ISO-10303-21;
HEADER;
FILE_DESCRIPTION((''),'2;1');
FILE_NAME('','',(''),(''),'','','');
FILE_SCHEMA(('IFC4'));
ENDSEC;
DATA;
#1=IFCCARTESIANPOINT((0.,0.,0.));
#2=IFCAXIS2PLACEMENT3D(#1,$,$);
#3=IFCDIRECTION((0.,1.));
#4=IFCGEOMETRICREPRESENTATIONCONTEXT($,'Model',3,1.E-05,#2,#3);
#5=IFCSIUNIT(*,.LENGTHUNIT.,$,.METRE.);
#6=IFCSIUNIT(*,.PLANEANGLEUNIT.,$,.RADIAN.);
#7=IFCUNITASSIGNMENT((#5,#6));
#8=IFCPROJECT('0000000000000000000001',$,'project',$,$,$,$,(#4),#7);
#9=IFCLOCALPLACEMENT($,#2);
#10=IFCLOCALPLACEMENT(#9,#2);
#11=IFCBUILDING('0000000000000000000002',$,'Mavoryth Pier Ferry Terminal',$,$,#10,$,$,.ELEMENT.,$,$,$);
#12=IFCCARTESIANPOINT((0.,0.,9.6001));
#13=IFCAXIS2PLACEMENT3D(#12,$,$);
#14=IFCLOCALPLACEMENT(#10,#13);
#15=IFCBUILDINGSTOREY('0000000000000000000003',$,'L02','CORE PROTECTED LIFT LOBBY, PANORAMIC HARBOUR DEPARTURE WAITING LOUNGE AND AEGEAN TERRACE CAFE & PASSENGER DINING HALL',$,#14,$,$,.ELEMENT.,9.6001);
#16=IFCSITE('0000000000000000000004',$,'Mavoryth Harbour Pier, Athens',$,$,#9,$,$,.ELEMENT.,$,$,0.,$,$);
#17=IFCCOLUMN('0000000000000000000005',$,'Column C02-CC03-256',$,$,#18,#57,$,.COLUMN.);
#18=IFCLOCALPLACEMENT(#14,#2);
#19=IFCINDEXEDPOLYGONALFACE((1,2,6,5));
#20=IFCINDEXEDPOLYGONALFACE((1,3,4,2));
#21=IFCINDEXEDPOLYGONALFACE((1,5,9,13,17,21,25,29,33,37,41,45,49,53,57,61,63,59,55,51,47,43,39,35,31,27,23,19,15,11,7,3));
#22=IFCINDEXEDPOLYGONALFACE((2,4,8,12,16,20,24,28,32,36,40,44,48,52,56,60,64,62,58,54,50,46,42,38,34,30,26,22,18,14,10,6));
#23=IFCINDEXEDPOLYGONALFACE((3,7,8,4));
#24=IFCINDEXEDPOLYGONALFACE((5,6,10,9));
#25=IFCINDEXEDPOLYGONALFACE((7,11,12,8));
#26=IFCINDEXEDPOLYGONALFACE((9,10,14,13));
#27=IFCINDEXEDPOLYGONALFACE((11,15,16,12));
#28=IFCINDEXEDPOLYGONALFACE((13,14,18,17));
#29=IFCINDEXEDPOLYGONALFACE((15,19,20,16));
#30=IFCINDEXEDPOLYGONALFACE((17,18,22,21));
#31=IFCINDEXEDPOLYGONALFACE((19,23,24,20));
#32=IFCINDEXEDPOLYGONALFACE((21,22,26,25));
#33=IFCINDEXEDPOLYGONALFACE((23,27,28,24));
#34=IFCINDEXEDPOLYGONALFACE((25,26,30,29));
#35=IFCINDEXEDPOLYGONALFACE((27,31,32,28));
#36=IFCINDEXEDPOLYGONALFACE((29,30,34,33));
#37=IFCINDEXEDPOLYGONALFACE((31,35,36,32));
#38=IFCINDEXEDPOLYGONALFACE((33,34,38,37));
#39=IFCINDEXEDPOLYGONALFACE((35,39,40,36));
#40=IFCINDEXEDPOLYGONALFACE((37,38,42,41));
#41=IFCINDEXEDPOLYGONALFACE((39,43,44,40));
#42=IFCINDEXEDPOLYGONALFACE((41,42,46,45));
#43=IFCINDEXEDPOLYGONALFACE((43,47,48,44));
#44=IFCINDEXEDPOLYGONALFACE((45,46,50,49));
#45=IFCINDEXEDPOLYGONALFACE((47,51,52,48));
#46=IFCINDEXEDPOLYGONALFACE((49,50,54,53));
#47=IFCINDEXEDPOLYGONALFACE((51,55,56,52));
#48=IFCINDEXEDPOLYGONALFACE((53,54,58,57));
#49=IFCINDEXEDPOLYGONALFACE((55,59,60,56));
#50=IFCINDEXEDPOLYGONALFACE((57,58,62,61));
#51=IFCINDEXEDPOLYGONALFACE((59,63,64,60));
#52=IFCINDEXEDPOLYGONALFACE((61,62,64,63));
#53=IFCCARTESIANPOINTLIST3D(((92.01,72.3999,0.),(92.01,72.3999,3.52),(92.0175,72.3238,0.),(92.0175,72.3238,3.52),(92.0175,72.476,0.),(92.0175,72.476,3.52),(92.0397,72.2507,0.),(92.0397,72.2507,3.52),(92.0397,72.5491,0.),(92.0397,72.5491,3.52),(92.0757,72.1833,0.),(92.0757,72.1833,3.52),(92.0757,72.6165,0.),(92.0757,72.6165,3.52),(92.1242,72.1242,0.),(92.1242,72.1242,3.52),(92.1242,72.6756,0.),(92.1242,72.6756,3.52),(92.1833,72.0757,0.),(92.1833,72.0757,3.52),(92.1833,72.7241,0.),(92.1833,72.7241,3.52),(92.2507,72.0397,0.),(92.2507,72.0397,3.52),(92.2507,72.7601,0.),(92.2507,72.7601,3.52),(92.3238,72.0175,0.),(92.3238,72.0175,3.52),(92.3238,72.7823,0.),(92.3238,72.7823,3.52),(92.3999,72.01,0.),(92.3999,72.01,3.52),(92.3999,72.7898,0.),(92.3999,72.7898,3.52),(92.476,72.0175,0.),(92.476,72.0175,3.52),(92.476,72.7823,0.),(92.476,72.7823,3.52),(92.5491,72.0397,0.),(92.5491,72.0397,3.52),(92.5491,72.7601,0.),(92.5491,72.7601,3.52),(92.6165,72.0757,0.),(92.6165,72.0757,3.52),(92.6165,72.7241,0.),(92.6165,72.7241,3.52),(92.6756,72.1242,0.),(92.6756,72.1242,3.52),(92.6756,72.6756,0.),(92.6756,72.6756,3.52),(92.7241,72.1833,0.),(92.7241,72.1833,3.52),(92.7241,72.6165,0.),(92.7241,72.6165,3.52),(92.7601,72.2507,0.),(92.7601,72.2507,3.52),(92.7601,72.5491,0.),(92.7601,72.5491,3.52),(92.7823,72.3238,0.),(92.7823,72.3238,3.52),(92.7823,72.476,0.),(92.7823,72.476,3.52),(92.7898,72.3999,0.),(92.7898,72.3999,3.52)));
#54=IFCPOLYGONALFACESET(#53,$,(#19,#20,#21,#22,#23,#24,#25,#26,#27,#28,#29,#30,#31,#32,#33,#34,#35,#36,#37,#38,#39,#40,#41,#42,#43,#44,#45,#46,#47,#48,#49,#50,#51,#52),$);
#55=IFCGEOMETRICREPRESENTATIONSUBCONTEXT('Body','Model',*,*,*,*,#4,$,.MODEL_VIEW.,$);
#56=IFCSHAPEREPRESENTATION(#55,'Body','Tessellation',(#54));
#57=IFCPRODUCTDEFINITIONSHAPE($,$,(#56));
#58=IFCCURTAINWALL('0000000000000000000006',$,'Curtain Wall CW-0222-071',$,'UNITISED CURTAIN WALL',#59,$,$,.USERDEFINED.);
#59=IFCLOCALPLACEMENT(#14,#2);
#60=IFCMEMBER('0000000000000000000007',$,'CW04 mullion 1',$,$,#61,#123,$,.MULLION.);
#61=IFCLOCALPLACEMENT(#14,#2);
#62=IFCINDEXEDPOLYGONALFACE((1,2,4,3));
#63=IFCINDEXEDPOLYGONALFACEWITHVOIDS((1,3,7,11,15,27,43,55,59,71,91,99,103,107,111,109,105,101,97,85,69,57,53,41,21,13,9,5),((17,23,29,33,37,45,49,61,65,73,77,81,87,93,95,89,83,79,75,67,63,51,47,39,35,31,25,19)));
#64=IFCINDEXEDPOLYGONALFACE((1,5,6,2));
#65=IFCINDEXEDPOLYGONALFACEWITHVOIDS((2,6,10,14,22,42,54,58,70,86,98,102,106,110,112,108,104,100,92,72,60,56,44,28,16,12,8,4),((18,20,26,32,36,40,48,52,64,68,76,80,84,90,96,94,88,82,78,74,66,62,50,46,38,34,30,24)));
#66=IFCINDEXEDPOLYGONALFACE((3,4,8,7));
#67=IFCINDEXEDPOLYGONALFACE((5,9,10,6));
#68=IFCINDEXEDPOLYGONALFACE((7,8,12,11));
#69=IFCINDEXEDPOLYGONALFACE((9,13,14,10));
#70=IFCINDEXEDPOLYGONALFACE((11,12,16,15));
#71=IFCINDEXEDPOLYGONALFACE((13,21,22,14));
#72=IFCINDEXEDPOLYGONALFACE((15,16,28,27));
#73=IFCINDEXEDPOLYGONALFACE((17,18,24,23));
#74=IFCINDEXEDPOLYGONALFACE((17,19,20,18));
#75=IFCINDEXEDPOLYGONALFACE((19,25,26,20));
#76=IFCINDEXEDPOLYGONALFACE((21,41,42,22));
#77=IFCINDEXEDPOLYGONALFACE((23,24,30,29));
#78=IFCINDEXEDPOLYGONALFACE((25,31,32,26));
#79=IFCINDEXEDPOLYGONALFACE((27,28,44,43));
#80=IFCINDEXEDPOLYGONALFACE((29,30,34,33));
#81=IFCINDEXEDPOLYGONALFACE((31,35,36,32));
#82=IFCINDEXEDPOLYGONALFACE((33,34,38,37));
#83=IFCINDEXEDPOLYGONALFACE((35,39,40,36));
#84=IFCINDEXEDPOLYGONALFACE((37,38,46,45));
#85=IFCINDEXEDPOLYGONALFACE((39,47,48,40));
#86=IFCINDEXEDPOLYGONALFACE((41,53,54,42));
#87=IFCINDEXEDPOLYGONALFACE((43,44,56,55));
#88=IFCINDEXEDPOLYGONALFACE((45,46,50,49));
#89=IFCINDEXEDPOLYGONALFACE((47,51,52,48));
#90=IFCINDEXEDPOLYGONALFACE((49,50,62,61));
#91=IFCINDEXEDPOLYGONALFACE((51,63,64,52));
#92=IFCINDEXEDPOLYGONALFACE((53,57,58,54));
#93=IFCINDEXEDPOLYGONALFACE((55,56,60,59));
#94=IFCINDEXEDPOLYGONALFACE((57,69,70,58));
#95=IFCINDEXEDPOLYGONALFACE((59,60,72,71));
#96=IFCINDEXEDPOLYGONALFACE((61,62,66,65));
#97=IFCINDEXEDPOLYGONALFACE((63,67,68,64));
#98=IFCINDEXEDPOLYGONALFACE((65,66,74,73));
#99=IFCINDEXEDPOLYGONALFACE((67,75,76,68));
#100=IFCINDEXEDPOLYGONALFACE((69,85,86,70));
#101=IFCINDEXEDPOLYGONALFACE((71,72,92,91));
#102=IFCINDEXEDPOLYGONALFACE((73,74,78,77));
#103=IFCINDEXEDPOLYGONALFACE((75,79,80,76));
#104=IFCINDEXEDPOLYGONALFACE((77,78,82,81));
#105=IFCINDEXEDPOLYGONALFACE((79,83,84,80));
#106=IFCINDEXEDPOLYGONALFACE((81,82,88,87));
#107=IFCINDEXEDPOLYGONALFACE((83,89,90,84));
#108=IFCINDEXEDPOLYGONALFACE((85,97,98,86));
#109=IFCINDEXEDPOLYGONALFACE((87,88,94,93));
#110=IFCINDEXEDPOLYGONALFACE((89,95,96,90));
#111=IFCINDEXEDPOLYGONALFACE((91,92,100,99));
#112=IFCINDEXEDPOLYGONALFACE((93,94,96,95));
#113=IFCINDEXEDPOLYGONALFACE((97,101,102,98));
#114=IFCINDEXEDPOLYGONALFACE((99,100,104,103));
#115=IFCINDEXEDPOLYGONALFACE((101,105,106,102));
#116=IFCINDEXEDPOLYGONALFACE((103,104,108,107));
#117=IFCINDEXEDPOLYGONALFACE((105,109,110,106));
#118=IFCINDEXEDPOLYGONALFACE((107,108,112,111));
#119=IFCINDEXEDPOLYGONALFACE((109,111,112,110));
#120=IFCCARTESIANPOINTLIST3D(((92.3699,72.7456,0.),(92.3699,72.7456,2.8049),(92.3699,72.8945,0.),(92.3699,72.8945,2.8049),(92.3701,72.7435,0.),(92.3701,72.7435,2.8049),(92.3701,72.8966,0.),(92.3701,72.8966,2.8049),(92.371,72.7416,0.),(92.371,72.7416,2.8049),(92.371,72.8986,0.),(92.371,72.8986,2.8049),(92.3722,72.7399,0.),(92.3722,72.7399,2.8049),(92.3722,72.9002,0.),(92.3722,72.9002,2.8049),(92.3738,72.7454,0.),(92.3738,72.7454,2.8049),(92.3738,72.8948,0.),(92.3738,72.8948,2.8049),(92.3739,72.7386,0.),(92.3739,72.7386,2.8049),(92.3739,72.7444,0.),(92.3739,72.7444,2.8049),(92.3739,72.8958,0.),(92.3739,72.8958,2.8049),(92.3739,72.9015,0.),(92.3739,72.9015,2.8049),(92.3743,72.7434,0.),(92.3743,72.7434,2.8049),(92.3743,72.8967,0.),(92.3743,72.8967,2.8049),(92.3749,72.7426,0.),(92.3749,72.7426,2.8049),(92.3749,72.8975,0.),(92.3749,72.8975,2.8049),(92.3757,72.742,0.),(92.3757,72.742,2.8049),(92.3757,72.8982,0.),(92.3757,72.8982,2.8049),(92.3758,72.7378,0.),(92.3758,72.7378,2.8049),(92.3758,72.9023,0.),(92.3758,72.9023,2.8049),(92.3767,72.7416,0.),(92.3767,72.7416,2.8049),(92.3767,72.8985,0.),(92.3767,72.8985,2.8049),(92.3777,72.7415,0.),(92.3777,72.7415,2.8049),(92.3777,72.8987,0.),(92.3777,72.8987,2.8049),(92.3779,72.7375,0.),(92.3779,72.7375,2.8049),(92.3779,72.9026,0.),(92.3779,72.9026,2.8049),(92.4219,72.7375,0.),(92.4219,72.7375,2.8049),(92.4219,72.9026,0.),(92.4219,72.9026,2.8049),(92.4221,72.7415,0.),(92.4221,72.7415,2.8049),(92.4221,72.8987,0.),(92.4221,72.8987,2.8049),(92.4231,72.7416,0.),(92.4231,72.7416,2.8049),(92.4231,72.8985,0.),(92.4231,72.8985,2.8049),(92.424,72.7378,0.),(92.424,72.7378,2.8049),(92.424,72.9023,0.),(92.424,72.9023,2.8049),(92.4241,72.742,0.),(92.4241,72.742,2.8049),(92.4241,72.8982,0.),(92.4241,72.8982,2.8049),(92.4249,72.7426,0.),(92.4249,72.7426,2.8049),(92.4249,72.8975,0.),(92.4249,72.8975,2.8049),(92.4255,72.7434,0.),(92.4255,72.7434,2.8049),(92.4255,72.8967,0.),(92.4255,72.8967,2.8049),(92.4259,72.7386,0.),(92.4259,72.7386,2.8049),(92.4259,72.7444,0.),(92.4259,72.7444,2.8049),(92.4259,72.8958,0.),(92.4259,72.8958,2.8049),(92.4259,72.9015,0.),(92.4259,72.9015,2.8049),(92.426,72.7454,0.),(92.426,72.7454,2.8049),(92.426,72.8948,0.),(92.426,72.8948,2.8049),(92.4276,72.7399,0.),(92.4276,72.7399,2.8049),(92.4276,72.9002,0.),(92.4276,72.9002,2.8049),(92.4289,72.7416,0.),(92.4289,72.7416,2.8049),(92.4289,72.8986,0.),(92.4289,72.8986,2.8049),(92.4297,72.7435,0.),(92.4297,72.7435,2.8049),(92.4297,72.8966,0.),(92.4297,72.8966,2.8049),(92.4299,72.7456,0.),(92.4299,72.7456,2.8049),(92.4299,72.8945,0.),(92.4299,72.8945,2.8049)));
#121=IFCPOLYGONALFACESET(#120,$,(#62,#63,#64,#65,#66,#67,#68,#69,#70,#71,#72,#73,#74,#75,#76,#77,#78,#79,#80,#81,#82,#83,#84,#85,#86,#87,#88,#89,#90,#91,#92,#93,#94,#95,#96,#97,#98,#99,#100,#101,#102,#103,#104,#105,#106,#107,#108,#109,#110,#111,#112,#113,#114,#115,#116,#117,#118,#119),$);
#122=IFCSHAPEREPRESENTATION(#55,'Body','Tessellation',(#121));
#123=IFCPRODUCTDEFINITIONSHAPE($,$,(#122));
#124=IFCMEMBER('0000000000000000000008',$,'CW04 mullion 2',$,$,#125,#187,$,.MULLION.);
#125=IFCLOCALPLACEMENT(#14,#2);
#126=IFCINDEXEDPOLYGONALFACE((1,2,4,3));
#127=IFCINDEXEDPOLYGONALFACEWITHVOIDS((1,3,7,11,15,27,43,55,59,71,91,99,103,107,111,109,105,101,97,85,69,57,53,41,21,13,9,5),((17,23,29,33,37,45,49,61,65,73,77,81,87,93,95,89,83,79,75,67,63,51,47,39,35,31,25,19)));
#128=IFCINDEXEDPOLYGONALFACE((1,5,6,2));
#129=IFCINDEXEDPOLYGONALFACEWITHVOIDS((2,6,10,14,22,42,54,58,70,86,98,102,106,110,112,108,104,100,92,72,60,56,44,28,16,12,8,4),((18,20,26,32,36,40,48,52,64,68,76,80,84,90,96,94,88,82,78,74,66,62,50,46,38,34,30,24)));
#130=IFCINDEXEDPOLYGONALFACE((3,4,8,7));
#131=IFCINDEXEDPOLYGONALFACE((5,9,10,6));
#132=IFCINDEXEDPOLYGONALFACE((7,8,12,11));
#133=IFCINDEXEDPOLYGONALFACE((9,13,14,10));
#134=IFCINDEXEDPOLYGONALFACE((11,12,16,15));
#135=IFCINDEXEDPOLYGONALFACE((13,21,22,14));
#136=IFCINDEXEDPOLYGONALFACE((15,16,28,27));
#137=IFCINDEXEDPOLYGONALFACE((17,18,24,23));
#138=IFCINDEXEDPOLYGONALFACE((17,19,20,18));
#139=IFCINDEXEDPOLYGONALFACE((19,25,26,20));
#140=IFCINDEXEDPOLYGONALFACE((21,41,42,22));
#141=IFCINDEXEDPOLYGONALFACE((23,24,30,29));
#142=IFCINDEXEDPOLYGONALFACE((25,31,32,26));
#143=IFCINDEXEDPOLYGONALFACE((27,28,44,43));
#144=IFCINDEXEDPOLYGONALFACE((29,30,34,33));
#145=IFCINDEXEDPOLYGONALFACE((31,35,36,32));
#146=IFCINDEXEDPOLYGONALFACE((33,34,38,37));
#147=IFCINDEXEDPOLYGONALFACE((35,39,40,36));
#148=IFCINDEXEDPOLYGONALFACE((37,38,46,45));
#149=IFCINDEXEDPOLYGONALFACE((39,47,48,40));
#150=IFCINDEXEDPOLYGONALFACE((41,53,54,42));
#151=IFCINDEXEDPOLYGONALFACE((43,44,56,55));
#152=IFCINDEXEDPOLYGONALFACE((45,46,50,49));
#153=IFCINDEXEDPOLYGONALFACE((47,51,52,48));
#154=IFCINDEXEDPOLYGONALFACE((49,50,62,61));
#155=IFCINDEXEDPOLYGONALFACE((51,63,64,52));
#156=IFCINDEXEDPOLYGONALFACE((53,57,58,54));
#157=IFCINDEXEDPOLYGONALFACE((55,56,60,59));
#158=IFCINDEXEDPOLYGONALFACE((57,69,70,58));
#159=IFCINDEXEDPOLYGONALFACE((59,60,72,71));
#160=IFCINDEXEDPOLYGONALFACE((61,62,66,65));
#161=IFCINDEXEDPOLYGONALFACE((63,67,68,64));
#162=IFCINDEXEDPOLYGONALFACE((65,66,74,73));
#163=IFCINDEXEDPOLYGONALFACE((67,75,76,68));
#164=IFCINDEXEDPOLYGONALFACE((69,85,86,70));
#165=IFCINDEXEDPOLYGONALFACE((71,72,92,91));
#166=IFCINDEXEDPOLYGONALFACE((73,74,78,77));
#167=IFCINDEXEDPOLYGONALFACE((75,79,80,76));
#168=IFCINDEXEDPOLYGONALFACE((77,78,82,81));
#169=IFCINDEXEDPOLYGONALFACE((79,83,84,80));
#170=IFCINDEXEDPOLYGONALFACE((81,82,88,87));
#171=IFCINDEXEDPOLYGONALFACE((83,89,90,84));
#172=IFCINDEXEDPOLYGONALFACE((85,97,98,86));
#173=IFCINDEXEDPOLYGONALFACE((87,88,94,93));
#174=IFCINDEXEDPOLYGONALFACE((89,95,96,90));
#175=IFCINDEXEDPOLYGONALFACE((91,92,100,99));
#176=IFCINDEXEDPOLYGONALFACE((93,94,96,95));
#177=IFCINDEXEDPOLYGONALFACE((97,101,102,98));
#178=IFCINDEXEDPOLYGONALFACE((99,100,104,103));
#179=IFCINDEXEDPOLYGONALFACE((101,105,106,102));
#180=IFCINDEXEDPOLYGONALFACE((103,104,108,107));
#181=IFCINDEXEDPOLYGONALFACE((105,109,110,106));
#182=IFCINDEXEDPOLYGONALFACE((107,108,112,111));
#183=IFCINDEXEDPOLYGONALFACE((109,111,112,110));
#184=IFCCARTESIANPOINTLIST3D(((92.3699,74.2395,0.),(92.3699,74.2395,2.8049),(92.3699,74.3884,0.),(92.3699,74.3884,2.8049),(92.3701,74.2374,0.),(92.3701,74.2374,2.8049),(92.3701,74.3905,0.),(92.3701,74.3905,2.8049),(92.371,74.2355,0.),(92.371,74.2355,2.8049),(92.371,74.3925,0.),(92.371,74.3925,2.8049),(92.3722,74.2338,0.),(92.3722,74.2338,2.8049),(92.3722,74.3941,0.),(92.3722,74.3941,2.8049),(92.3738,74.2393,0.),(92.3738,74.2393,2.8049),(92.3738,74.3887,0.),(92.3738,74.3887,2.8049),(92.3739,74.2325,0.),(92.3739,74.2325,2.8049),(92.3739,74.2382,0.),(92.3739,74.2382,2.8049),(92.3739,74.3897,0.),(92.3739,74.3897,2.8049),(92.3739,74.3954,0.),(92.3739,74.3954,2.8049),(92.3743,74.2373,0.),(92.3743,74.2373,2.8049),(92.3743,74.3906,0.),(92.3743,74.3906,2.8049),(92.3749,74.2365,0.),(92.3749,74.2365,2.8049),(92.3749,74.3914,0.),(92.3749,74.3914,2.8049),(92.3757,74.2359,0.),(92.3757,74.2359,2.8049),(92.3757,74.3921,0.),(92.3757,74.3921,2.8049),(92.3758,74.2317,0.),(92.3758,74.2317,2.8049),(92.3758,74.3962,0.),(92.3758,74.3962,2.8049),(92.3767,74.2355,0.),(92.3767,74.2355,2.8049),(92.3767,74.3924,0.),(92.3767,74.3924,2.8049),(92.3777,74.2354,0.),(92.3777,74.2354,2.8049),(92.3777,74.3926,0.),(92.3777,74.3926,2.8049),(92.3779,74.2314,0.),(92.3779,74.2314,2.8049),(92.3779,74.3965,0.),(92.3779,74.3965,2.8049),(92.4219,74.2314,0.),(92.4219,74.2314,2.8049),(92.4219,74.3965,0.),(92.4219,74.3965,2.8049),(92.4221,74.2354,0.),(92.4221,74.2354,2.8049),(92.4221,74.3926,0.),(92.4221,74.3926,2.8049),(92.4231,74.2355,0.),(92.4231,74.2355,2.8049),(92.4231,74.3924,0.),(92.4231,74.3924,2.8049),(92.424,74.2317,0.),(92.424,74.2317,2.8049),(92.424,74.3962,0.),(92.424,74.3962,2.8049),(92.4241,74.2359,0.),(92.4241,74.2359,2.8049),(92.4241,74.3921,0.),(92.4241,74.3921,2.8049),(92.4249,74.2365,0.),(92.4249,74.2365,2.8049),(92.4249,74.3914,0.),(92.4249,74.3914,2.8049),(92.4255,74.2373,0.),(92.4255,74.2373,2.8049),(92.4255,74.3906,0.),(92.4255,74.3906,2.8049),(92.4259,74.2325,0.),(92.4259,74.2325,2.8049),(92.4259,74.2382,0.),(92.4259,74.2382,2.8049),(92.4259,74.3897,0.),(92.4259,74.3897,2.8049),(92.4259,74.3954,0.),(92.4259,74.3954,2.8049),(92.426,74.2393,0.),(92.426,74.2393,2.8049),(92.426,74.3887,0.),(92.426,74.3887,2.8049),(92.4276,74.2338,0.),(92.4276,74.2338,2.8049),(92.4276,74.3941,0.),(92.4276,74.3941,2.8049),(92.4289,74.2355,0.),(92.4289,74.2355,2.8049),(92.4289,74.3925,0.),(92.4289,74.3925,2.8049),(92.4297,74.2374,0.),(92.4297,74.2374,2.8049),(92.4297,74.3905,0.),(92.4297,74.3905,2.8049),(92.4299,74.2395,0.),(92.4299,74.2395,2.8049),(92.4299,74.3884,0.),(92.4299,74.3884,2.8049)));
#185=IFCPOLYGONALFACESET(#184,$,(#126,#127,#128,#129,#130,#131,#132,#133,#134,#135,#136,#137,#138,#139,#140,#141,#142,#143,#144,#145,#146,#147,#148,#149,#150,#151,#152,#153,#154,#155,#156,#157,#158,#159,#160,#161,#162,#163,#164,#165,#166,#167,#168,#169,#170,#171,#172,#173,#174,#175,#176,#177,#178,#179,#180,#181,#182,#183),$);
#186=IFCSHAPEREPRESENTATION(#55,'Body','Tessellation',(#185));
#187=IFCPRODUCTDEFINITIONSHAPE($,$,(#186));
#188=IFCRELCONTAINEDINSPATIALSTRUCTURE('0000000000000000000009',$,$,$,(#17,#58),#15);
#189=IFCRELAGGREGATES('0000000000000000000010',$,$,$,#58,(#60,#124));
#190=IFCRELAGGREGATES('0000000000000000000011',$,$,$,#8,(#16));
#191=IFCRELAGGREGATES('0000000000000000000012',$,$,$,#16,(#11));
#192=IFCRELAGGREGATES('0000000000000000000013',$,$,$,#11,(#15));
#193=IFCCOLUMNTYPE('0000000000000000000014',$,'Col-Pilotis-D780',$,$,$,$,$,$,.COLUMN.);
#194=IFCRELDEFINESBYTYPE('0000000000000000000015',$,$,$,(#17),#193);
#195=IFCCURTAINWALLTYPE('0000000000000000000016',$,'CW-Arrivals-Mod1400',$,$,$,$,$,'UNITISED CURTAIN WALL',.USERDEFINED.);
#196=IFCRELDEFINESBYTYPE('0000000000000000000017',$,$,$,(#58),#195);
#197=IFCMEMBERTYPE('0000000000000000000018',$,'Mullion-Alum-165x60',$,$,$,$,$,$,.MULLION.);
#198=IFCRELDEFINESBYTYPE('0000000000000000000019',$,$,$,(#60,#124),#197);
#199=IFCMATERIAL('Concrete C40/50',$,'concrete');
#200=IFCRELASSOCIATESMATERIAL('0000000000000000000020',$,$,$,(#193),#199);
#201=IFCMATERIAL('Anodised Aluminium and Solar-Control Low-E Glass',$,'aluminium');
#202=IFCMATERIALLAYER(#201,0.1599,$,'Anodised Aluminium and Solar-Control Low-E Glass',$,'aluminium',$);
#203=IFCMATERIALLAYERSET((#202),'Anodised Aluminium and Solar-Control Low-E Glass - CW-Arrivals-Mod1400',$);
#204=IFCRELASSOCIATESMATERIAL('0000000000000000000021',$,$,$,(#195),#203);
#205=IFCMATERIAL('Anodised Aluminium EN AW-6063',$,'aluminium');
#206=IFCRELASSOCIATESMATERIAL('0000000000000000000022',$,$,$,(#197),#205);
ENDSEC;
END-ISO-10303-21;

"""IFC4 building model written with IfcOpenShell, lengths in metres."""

from ifc_helpers import new_model, si_unit, direction, frame, origin, origin_2d, place, context, subcontext, project, spatial, hollow_rectangle, circle, extrude, material, layer, layer_set, material_profile, profile_set, type_object, element, aggregate, save


model = new_model("IFC4")

# Units and contexts
model_context = context("Model", 3, precision=1e-05, world=origin(), true_north=direction((0.0, 1.0)))
body_context = subcontext(model_context, "Body", "Model", "MODEL_VIEW")
ifc_project = project(units=[si_unit("LENGTHUNIT", "METRE"), si_unit("PLANEANGLEUNIT", "RADIAN")], contexts=[model_context])

# Site, building, storey
site_placement = place(None, origin())
site = spatial("IfcSite", under=ifc_project, at=site_placement, Name="Mavoryth Harbour Pier, Athens", CompositionType="ELEMENT", RefElevation=0.0)
building_placement = place(site_placement, origin())
building = spatial("IfcBuilding", under=site, at=building_placement, Name="Mavoryth Pier Ferry Terminal", CompositionType="ELEMENT")
storey_placement = place(building_placement, frame((0.0, 0.0, 9.6001)))
storey = spatial("IfcBuildingStorey", under=building, at=storey_placement, Name="L02", Description="CORE PROTECTED LIFT LOBBY, PANORAMIC HARBOUR DEPARTURE WAITING LOUNGE AND AEGEAN TERRACE CAFE & PASSENGER DINING HALL", CompositionType="ELEMENT", Elevation=9.6001)

# Column
ifc_material_1 = material(Name="Concrete C40/50", Category="concrete")
ifc_material_profile_1 = material_profile(ifc_material_1, circle(Radius=0.3899, at=origin_2d()), Name="RC D780", Category="concrete")
ifc_profile_set_1 = profile_set([ifc_material_profile_1], Name="Concrete C40/50 - RC D780")
column_type = type_object("IfcColumnType", Name="Col-Pilotis-D780", PredefinedType="COLUMN", material=ifc_profile_set_1)
column_placement = place(storey_placement, frame((92.3999, 72.3999, 0.0), z_axis=(0.0, 0.0, 1.0), x_axis=(1.0, 0.0, 0.0)))
element("IfcColumn", 1, at=column_placement, inside=storey, type_object=column_type, Name="Column C02-CC03-256", PredefinedType="COLUMN", context=body_context, shape_type="SweptSolid", body=[
    extrude(circle(Radius=0.3899, at=origin_2d()), origin(), (0.0, 0.0, 1.0), 3.52),
])

# Curtain wall, members
ifc_material_2 = material(Name="Anodised Aluminium and Solar-Control Low-E Glass", Category="aluminium")
ifc_layer_1 = layer(ifc_material_2, 0.1599, Name="Anodised Aluminium and Solar-Control Low-E Glass", Category="aluminium")
ifc_layer_set_1 = layer_set([ifc_layer_1], Name="Anodised Aluminium and Solar-Control Low-E Glass - CW-Arrivals-Mod1400")
curtain_wall_type = type_object("IfcCurtainWallType", Name="CW-Arrivals-Mod1400", ElementType="UNITISED CURTAIN WALL", PredefinedType="USERDEFINED", material=ifc_layer_set_1)
curtain_wall_1_placement = place(storey_placement, origin())
curtain_wall_1 = element("IfcCurtainWall", 2, at=curtain_wall_1_placement, inside=storey, type_object=curtain_wall_type, Name="Curtain Wall CW-0222-071", ObjectType="UNITISED CURTAIN WALL", PredefinedType="USERDEFINED")
ifc_material_3 = material(Name="Anodised Aluminium EN AW-6063", Category="aluminium")
ifc_material_profile_2 = material_profile(ifc_material_3, hollow_rectangle(XDim=0.0601, YDim=0.165, WallThickness=0.0039, InnerFilletRadius=0.0039, OuterFilletRadius=0.0081, at=origin_2d()), Name="AL-MULL 165x60x4", Category="aluminium")
ifc_profile_set_2 = profile_set([ifc_material_profile_2], Name="Anodised Aluminium EN AW-6063 - AL-MULL 165x60x4")
member_type_1 = type_object("IfcMemberType", Name="Mullion-Alum-165x60", PredefinedType="MULLION", material=ifc_profile_set_2)
member_1_placement = place(storey_placement, frame((92.3999, 72.8201, 0.0), z_axis=(0.0, 0.0, 1.0), x_axis=(-1.0, 0.0, 0.0)))
member_1 = element("IfcMember", 3, at=member_1_placement, type_object=member_type_1, Name="CW04 mullion 1", PredefinedType="MULLION", context=body_context, shape_type="SweptSolid", body=[
    extrude(hollow_rectangle(XDim=0.0601, YDim=0.165, WallThickness=0.0039, InnerFilletRadius=0.0039, OuterFilletRadius=0.0081, at=origin_2d()), origin(), (0.0, 0.0, 1.0), 2.8049),
])
member_2_placement = place(storey_placement, frame((92.3999, 74.314, 0.0), z_axis=(0.0, 0.0, 1.0), x_axis=(-1.0, 0.0, 0.0)))
member_2 = element("IfcMember", 4, at=member_2_placement, type_object=member_type_1, Name="CW04 mullion 2", PredefinedType="MULLION", context=body_context, shape_type="SweptSolid", body=[
    extrude(hollow_rectangle(XDim=0.0601, YDim=0.165, WallThickness=0.0039, InnerFilletRadius=0.0039, OuterFilletRadius=0.0081, at=origin_2d()), origin(), (0.0, 0.0, 1.0), 2.8049),
])

aggregate(curtain_wall_1, [member_1, member_2])

save(model, "model.ifc")
